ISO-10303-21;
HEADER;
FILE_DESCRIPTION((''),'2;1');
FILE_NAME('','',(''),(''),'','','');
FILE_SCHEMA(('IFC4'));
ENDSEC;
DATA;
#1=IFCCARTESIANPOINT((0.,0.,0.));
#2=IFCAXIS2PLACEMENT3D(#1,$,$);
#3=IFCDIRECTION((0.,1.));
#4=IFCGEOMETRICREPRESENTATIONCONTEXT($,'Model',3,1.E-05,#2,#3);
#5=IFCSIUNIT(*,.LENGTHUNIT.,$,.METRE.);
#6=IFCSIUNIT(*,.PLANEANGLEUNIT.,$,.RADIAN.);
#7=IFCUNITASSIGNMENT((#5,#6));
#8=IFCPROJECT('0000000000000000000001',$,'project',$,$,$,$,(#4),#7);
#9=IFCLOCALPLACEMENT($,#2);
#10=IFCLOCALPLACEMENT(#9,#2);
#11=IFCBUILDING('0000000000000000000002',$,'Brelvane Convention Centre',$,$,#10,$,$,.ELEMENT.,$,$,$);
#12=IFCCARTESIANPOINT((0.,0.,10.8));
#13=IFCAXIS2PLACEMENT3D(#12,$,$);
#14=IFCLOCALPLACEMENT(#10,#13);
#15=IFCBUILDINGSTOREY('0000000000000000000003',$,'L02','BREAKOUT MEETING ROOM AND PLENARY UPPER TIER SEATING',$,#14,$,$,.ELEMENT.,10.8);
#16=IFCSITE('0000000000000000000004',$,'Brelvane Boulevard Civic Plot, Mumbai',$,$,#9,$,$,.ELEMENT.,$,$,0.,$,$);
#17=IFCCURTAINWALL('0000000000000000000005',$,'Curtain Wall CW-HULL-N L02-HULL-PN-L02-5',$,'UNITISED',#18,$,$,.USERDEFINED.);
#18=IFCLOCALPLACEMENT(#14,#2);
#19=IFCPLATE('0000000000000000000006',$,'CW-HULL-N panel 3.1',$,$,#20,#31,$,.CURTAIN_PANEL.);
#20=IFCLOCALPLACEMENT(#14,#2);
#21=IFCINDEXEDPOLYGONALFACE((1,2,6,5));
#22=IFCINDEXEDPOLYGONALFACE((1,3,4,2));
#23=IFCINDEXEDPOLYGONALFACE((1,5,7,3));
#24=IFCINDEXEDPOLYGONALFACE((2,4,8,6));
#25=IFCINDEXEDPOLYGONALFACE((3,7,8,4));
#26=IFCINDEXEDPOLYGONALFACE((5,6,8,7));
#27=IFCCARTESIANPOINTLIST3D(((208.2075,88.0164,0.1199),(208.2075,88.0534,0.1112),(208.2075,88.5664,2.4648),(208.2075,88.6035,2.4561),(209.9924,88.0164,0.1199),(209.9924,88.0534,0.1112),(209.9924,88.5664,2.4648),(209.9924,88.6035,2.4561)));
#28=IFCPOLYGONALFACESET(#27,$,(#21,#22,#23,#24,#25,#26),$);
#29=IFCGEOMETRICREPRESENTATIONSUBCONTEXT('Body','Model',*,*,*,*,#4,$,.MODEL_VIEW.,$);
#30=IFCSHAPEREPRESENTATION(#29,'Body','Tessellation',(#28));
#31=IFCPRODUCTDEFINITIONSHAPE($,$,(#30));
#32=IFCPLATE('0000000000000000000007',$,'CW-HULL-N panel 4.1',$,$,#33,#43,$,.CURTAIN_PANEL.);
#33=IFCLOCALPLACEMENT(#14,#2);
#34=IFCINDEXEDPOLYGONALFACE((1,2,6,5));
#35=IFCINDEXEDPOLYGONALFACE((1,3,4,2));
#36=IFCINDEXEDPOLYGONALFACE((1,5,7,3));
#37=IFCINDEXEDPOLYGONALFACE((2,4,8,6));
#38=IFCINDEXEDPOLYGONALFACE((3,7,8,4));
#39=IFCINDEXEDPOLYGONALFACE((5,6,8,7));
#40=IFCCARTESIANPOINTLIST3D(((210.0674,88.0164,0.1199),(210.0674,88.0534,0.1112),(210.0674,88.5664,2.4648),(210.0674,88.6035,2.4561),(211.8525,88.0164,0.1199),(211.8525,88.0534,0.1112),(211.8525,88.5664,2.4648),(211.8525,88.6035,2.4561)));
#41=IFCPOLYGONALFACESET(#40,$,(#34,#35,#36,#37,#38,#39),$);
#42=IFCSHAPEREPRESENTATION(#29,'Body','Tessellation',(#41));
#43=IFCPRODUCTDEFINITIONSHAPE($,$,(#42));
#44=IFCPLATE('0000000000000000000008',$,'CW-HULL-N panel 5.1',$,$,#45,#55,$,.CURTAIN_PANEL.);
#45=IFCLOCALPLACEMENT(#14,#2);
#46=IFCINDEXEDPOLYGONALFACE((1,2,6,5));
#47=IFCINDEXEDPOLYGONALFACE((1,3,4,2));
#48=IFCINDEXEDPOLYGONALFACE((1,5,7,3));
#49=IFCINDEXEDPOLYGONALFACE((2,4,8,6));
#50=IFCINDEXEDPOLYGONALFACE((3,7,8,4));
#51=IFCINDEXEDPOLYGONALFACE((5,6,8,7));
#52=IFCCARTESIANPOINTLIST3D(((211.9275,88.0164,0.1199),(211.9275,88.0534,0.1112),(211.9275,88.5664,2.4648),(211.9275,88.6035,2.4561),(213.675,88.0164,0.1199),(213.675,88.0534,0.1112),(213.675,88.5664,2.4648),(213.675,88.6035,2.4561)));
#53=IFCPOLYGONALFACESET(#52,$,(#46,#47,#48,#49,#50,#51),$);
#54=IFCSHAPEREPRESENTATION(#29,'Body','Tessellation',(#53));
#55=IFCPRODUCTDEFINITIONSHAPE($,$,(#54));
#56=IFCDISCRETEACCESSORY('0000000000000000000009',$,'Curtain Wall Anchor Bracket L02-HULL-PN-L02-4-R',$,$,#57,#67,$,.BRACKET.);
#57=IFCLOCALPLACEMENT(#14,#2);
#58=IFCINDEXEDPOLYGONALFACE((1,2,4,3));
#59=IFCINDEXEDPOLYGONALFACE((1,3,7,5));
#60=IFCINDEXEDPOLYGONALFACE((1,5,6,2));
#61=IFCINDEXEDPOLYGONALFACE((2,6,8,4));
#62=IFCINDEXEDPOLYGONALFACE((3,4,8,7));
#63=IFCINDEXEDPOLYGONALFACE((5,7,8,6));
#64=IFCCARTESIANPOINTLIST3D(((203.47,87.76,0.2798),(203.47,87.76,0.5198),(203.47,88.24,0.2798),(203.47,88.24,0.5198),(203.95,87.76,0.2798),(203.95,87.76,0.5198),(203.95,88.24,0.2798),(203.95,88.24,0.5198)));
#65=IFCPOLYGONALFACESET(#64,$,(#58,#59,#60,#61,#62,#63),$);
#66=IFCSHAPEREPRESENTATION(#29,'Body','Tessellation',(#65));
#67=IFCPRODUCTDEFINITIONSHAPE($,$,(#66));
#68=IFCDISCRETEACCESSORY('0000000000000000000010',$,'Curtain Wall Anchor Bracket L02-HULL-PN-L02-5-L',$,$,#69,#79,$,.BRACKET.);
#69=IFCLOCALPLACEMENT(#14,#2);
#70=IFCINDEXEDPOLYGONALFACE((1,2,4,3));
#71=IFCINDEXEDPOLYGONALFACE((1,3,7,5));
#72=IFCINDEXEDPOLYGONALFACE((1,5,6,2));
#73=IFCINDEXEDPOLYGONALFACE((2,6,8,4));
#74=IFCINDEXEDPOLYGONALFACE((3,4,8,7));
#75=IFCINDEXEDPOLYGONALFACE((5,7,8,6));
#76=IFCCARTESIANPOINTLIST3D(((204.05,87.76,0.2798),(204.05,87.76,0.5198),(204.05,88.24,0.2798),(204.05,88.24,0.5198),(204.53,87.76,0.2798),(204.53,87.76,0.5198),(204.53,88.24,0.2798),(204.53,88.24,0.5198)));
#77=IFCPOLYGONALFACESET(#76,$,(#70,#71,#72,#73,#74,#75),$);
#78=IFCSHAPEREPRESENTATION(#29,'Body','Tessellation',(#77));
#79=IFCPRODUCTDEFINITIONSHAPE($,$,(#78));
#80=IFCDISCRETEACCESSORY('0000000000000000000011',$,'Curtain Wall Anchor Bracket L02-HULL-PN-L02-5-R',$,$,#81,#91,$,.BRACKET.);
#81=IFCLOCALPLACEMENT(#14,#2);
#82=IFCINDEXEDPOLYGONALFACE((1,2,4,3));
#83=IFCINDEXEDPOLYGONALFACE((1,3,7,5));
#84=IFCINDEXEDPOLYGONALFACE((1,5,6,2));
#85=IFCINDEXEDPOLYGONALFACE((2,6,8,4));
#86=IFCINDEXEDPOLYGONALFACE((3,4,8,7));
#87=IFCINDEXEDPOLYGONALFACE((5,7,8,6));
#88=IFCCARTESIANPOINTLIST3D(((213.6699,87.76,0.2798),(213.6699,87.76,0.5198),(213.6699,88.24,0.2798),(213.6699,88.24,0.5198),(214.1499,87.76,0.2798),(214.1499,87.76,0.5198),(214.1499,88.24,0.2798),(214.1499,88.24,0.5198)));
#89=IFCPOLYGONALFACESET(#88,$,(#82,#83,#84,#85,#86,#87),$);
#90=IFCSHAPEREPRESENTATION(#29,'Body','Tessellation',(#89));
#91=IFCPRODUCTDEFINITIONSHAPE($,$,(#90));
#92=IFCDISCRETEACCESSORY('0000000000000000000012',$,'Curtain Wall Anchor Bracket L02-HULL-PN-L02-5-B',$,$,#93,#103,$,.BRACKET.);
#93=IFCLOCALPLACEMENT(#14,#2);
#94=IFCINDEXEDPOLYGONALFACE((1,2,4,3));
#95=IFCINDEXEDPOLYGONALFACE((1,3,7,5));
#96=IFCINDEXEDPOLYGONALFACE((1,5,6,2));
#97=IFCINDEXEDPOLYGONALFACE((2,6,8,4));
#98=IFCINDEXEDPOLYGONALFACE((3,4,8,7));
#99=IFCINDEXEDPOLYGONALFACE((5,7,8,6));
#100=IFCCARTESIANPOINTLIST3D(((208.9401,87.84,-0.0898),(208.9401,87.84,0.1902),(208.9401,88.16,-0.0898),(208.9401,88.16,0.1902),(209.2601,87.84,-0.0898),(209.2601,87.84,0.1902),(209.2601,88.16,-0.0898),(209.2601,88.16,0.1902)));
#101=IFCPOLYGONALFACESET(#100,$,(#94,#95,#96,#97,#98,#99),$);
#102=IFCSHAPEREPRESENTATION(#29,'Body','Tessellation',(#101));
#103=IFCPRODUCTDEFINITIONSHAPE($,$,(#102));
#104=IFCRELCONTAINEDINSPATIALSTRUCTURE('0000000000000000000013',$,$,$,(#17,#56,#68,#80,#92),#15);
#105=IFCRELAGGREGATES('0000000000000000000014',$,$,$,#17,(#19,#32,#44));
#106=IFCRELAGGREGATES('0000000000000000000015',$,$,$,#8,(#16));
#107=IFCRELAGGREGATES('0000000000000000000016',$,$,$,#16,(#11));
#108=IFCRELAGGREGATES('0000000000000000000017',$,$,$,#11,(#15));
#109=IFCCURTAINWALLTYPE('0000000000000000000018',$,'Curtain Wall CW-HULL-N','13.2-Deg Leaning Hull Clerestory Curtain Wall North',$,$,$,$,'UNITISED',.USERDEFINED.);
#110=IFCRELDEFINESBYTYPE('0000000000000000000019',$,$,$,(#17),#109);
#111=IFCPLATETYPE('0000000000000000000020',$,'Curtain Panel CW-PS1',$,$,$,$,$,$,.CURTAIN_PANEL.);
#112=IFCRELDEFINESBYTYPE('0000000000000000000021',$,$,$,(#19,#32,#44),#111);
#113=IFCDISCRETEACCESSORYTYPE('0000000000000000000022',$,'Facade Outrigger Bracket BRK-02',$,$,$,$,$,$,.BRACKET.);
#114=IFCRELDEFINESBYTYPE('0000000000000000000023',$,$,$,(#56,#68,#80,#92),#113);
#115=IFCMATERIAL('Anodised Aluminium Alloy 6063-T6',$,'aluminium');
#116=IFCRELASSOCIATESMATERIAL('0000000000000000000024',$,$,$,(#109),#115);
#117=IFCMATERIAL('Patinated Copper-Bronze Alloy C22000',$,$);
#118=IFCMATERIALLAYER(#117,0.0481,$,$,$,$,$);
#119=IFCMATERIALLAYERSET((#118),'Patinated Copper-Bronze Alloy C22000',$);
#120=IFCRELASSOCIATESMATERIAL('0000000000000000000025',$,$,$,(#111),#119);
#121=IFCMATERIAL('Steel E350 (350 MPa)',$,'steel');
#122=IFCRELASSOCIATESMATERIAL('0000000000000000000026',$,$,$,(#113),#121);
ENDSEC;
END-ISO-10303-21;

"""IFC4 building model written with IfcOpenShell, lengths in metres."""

from ifc_helpers import new_model, si_unit, direction, frame, origin, origin_2d, place, context, subcontext, project, spatial, polyline, rectangle, outline, extrude, material, layer, layer_set, type_object, element, aggregate, save


model = new_model("IFC4")

# Units and contexts
model_context = context("Model", 3, precision=1e-05, world=origin(), true_north=direction((0.0, 1.0)))
body_context = subcontext(model_context, "Body", "Model", "MODEL_VIEW")
ifc_project = project(units=[si_unit("LENGTHUNIT", "METRE"), si_unit("PLANEANGLEUNIT", "RADIAN")], contexts=[model_context])

# Site, building, storey
site_placement = place(None, origin())
site = spatial("IfcSite", under=ifc_project, at=site_placement, Name="Brelvane Boulevard Civic Plot, Mumbai", CompositionType="ELEMENT", RefElevation=0.0)
building_placement = place(site_placement, origin())
building = spatial("IfcBuilding", under=site, at=building_placement, Name="Brelvane Convention Centre", CompositionType="ELEMENT")
storey_placement = place(building_placement, frame((0.0, 0.0, 10.8)))
storey = spatial("IfcBuildingStorey", under=building, at=storey_placement, Name="L02", Description="BREAKOUT MEETING ROOM AND PLENARY UPPER TIER SEATING", CompositionType="ELEMENT", Elevation=10.8)

# Curtain wall
ifc_material_1 = material(Name="Anodised Aluminium Alloy 6063-T6", Category="aluminium")
curtain_wall_type = type_object("IfcCurtainWallType", Name="Curtain Wall CW-HULL-N", Description="13.2-Deg Leaning Hull Clerestory Curtain Wall North", ElementType="UNITISED", PredefinedType="USERDEFINED", material=ifc_material_1)
curtain_wall_1_placement = place(storey_placement, origin())
curtain_wall_1 = element("IfcCurtainWall", 1, at=curtain_wall_1_placement, inside=storey, type_object=curtain_wall_type, Name="Curtain Wall CW-HULL-N L02-HULL-PN-L02-5", ObjectType="UNITISED", PredefinedType="USERDEFINED")

# Plates
ifc_material_2 = material(Name="Patinated Copper-Bronze Alloy C22000")
ifc_layer = layer(ifc_material_2, 0.0481)
ifc_layer_set = layer_set([ifc_layer], Name="Patinated Copper-Bronze Alloy C22000")
plate_type = type_object("IfcPlateType", Name="Curtain Panel CW-PS1", PredefinedType="CURTAIN_PANEL", material=ifc_layer_set)
plate_1_placement = place(storey_placement, frame((208.2075, 88.0164, 0.1199), z_axis=(0.0, -0.973575, 0.228367), x_axis=(1.0, 0.0, 0.0)))
plate_1 = element("IfcPlate", 2, at=plate_1_placement, type_object=plate_type, Name="CW-HULL-N panel 3.1", PredefinedType="CURTAIN_PANEL", context=body_context, shape_type="SweptSolid", body=[
    extrude(outline(polyline([(0.0, 0.0), (1.7849, 0.0), (1.7849, 2.4086), (0.0, 2.4086), (0.0, 0.0)])), origin(), (0.0, 0.0, -1.0), 0.0381),
])
plate_2_placement = place(storey_placement, frame((210.0674, 88.0164, 0.1199), z_axis=(0.0, -0.973575, 0.228367), x_axis=(1.0, 0.0, 0.0)))
plate_2 = element("IfcPlate", 3, at=plate_2_placement, type_object=plate_type, Name="CW-HULL-N panel 4.1", PredefinedType="CURTAIN_PANEL", context=body_context, shape_type="SweptSolid", body=[
    extrude(outline(polyline([(0.0, 0.0), (1.7852, 0.0), (1.7852, 2.4086), (0.0, 2.4086), (0.0, 0.0)])), origin(), (0.0, 0.0, -1.0), 0.0381),
])
plate_3_placement = place(storey_placement, frame((211.9275, 88.0164, 0.1199), z_axis=(0.0, -0.973575, 0.228367), x_axis=(1.0, 0.0, 0.0)))
plate_3 = element("IfcPlate", 4, at=plate_3_placement, type_object=plate_type, Name="CW-HULL-N panel 5.1", PredefinedType="CURTAIN_PANEL", context=body_context, shape_type="SweptSolid", body=[
    extrude(outline(polyline([(0.0, 0.0), (1.7476, 0.0), (1.7476, 2.4086), (0.0, 2.4086), (0.0, 0.0)])), origin(), (0.0, 0.0, -1.0), 0.0381),
])
aggregate(curtain_wall_1, [plate_1, plate_2, plate_3])

# Discrete accessories
ifc_material_3 = material(Name="Steel E350 (350 MPa)", Category="steel")
discrete_accessory_type = type_object("IfcDiscreteAccessoryType", Name="Facade Outrigger Bracket BRK-02", PredefinedType="BRACKET", material=ifc_material_3)
for number, where, z_axis, x_axis, name in (
    (5, (203.71, 88.0, 0.2798), (0.0, 0.0, 1.0), (1.0, 0.0, 0.0), "Curtain Wall Anchor Bracket L02-HULL-PN-L02-4-R"),
    (6, (204.29, 88.0, 0.2798), (0.0, 0.0, 1.0), (1.0, 0.0, 0.0), "Curtain Wall Anchor Bracket L02-HULL-PN-L02-5-L"),
    (7, (213.9099, 88.0, 0.2798), (0.0, 0.0, 1.0), (1.0, 0.0, 0.0), "Curtain Wall Anchor Bracket L02-HULL-PN-L02-5-R"),
):
    element("IfcDiscreteAccessory", number, at=place(storey_placement, frame(where, z_axis=z_axis, x_axis=x_axis)), inside=storey, type_object=discrete_accessory_type, Name=name, PredefinedType="BRACKET", context=body_context, shape_type="SweptSolid", body=[
        extrude(rectangle(XDim=0.48, YDim=0.48, at=origin_2d()), origin(), (0.0, 0.0, 1.0), 0.24),
    ])
discrete_accessory_placement = place(storey_placement, frame((209.1001, 88.0, -0.0898), z_axis=(0.0, 0.0, 1.0), x_axis=(1.0, 0.0, 0.0)))
element("IfcDiscreteAccessory", 8, at=discrete_accessory_placement, inside=storey, type_object=discrete_accessory_type, Name="Curtain Wall Anchor Bracket L02-HULL-PN-L02-5-B", PredefinedType="BRACKET", context=body_context, shape_type="SweptSolid", body=[
    extrude(rectangle(XDim=0.3201, YDim=0.3201, at=origin_2d()), origin(), (0.0, 0.0, 1.0), 0.28),
])

save(model, "model.ifc")
